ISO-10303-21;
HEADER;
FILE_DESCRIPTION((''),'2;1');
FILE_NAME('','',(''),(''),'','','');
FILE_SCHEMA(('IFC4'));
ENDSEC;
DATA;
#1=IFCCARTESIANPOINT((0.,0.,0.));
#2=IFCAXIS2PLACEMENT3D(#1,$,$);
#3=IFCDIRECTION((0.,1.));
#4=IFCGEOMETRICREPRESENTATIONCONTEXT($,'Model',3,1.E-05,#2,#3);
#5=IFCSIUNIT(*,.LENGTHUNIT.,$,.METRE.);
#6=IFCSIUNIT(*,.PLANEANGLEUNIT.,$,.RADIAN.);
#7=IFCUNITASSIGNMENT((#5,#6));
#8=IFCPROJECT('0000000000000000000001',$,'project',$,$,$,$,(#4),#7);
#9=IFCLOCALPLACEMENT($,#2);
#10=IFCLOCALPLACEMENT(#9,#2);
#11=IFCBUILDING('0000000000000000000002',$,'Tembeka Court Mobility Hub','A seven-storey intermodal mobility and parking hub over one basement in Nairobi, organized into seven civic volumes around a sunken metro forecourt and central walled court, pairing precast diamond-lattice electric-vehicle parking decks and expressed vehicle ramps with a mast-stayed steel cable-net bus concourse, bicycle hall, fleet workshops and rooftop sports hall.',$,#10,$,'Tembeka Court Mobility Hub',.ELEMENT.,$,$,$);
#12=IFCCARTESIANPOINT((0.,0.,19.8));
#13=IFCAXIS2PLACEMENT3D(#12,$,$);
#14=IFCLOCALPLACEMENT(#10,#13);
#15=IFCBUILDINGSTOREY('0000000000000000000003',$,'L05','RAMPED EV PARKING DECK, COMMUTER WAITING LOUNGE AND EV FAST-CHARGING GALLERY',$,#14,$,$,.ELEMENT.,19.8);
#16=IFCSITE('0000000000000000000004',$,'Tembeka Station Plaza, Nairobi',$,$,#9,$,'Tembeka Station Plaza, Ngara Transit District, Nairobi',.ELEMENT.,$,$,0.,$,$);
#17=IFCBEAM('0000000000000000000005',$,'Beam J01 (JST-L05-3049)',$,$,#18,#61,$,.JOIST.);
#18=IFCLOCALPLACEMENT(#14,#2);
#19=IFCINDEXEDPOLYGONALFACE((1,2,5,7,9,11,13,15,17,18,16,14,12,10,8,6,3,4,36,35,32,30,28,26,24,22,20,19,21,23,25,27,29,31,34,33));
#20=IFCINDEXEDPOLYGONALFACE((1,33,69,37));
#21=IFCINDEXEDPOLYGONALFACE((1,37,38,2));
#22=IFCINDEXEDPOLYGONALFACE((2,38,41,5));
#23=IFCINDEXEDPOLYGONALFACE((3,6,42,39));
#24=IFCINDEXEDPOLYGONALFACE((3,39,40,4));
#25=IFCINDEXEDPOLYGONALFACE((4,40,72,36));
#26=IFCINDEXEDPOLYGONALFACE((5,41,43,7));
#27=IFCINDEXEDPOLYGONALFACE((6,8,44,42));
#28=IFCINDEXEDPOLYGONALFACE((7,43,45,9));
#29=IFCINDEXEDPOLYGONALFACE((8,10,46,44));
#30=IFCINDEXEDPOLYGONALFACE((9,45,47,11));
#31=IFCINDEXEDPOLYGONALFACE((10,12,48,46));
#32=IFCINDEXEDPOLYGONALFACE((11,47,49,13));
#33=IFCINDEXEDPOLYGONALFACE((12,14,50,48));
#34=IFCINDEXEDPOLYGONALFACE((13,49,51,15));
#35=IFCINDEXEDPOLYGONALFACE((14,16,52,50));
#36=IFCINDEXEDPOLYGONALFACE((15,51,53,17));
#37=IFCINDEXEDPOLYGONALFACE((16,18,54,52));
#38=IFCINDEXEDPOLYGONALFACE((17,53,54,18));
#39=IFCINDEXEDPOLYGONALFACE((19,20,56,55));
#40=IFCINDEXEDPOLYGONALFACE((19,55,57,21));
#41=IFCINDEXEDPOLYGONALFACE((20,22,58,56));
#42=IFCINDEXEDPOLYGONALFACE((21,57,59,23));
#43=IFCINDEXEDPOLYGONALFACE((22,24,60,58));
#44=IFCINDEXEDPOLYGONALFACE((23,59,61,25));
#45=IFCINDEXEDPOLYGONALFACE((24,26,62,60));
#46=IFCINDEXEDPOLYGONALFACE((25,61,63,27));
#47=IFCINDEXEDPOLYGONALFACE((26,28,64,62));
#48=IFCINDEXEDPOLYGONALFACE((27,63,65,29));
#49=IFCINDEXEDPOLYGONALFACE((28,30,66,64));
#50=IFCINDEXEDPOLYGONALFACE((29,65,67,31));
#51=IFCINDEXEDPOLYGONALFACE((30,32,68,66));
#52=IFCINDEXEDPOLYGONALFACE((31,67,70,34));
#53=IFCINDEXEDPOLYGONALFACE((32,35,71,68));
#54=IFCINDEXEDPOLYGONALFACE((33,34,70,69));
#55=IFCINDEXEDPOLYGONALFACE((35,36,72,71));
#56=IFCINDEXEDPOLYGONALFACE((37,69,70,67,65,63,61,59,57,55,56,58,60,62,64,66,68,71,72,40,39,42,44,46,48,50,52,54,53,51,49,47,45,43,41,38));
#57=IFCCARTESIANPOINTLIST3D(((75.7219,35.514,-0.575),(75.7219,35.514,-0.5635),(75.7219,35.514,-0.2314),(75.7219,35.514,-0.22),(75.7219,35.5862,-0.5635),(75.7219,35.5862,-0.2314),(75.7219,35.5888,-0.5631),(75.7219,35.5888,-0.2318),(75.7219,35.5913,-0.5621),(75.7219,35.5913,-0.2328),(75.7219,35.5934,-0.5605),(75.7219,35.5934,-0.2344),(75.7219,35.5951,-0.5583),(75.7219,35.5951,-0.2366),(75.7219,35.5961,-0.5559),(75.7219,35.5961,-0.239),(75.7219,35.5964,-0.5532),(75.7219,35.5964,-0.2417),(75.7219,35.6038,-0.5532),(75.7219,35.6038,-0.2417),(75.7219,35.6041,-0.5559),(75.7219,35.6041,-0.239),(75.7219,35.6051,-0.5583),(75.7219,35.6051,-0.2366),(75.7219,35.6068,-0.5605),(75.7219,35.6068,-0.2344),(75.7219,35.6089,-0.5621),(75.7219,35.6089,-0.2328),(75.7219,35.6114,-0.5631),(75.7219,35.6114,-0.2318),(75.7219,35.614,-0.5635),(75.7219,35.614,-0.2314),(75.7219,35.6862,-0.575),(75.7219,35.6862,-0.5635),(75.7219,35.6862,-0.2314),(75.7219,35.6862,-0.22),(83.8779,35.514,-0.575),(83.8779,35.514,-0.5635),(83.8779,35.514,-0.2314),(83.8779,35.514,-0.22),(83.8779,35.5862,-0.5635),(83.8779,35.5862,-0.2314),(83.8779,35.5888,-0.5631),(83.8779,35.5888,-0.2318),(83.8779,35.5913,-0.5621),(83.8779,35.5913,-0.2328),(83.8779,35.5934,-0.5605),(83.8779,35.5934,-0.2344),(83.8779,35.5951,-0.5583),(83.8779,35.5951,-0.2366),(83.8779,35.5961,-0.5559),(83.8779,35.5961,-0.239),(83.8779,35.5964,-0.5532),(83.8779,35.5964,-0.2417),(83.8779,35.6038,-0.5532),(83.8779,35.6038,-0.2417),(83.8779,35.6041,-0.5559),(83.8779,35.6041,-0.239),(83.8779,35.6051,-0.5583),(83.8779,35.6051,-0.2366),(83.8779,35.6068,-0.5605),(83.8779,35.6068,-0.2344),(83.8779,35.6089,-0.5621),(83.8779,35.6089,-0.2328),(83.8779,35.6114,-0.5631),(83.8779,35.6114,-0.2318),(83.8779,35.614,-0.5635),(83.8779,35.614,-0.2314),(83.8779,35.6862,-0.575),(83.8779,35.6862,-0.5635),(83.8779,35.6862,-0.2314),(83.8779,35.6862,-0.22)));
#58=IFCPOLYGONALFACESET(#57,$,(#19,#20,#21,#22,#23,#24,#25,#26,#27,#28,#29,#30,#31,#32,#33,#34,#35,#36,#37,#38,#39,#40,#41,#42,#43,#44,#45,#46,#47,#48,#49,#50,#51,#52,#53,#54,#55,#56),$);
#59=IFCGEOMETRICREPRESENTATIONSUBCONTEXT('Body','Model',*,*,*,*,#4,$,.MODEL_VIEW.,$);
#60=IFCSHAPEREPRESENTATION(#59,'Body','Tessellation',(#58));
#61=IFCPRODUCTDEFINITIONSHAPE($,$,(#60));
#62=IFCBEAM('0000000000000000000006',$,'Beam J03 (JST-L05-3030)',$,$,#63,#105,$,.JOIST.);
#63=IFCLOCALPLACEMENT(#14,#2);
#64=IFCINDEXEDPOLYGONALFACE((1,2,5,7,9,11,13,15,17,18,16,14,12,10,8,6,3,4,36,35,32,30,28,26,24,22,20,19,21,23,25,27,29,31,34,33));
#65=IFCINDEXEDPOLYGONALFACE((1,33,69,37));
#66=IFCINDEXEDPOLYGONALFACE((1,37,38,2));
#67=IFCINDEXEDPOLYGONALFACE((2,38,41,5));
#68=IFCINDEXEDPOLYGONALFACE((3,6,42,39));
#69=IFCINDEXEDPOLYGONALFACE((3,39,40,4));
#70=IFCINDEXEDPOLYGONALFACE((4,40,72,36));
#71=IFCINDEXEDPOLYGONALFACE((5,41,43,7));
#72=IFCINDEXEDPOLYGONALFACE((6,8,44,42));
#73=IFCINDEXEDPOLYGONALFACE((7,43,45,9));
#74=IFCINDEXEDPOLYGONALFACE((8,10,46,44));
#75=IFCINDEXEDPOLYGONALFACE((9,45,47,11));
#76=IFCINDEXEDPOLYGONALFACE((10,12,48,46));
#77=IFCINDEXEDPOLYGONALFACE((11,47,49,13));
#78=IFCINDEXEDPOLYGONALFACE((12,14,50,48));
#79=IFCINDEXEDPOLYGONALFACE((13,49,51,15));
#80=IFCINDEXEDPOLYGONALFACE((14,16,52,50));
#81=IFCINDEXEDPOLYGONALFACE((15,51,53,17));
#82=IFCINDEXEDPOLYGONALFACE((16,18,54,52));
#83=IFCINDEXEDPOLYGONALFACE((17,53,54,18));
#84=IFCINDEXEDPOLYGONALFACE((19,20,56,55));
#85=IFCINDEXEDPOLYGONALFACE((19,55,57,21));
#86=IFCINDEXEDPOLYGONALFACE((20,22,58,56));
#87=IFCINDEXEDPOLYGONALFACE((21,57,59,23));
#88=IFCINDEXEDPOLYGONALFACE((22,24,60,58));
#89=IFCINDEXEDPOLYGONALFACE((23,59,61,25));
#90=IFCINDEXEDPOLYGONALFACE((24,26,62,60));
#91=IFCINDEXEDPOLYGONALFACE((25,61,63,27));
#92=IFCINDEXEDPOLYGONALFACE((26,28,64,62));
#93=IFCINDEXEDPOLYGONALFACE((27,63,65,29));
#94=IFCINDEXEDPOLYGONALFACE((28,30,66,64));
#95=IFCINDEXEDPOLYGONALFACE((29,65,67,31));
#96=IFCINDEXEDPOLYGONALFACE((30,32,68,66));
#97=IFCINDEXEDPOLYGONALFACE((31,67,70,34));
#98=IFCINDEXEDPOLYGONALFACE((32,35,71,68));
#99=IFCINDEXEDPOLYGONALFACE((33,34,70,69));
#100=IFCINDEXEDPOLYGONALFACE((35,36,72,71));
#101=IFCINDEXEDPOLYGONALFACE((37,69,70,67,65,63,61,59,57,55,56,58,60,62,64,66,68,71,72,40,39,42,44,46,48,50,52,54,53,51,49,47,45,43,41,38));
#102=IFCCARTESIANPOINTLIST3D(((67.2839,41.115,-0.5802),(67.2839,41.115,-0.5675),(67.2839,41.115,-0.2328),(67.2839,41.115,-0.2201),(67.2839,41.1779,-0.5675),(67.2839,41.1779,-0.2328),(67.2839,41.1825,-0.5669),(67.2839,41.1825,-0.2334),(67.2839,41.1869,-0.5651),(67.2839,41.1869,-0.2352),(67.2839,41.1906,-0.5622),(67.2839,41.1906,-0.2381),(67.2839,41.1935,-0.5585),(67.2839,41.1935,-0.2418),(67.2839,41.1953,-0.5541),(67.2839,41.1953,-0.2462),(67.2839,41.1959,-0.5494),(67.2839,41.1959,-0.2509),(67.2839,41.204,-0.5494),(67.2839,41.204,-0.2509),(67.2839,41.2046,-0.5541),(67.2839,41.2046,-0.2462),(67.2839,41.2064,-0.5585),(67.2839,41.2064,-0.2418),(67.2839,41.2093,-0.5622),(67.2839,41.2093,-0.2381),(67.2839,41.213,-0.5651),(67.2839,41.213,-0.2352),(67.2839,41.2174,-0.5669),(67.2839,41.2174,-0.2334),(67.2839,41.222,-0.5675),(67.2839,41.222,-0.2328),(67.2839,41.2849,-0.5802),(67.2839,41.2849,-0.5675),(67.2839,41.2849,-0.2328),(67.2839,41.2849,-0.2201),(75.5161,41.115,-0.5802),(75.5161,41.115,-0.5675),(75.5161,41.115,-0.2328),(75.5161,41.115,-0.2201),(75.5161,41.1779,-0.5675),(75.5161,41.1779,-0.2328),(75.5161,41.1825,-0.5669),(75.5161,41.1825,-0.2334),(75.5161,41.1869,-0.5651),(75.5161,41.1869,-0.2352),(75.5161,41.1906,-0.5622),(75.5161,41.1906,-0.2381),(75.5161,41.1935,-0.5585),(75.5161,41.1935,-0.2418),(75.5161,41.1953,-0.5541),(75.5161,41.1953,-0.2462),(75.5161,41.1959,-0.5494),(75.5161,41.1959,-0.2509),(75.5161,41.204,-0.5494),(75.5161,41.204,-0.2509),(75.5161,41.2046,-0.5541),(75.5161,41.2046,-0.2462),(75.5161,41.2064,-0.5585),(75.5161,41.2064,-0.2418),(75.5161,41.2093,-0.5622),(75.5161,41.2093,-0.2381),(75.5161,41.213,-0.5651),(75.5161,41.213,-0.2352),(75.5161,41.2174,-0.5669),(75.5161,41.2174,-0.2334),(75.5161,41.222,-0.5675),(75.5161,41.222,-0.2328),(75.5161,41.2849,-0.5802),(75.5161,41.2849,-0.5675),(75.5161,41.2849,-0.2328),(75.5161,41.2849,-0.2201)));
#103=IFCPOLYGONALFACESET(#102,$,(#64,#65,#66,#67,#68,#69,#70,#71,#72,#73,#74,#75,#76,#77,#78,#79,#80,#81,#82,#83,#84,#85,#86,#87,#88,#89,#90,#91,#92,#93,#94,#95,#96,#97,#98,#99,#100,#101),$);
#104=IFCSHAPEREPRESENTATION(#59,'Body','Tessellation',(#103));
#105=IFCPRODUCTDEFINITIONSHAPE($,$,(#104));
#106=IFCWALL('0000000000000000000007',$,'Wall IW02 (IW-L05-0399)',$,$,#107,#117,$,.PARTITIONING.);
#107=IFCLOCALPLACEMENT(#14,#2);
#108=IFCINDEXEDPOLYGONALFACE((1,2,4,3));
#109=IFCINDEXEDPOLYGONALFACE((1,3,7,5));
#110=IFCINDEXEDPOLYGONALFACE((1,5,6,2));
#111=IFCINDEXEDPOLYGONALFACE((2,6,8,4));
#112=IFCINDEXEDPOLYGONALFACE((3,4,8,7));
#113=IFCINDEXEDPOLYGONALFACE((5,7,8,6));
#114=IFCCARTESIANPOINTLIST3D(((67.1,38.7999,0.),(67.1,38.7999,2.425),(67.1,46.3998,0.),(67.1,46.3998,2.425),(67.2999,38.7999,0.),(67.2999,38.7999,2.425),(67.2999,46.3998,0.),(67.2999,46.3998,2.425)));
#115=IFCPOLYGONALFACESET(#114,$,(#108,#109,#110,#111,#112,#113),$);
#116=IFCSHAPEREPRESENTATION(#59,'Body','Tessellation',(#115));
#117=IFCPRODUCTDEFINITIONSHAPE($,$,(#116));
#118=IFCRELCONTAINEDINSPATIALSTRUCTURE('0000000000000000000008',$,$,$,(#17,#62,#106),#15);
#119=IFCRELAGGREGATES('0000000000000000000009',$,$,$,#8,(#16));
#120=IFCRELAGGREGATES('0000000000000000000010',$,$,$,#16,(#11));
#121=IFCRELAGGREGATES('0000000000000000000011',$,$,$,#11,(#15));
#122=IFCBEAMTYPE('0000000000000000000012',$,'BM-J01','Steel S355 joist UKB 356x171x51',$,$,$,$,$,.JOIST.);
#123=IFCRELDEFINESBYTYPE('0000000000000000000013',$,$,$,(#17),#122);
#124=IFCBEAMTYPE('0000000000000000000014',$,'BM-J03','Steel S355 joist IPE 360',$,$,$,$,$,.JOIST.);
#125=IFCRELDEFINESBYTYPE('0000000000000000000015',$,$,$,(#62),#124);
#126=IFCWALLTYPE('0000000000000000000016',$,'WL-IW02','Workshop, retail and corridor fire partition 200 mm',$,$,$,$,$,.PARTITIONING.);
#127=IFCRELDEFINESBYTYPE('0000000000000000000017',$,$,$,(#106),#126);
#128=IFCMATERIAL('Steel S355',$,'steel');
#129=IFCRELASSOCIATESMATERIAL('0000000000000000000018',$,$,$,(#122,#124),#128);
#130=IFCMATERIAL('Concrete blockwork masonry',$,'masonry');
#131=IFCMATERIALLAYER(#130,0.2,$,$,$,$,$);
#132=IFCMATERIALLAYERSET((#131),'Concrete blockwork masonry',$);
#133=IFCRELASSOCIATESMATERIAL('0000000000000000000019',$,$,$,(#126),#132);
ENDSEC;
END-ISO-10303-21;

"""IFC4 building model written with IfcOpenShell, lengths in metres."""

from ifc_helpers import new_model, si_unit, direction, frame, frame_2d, origin, origin_2d, place, context, subcontext, project, spatial, rectangle, i_section, extrude, material, layer, layer_set, material_profile, profile_set, type_object, element, save


model = new_model("IFC4")

# Units and contexts
model_context = context("Model", 3, precision=1e-05, world=origin(), true_north=direction((0.0, 1.0)))
body_context = subcontext(model_context, "Body", "Model", "MODEL_VIEW")
ifc_project = project(units=[si_unit("LENGTHUNIT", "METRE"), si_unit("PLANEANGLEUNIT", "RADIAN")], contexts=[model_context])

# Site, building, storey
site_placement = place(None, origin())
site = spatial("IfcSite", under=ifc_project, at=site_placement, Name="Tembeka Station Plaza, Nairobi", LongName="Tembeka Station Plaza, Ngara Transit District, Nairobi", CompositionType="ELEMENT", RefElevation=0.0)
building_placement = place(site_placement, origin())
building = spatial("IfcBuilding", under=site, at=building_placement, Name="Tembeka Court Mobility Hub", Description="A seven-storey intermodal mobility and parking hub over one basement in Nairobi, organized into seven civic volumes around a sunken metro forecourt and central walled court, pairing precast diamond-lattice electric-vehicle parking decks and expressed vehicle ramps with a mast-stayed steel cable-net bus concourse, bicycle hall, fleet workshops and rooftop sports hall.", LongName="Tembeka Court Mobility Hub", CompositionType="ELEMENT")
storey_placement = place(building_placement, frame((0.0, 0.0, 19.8)))
storey = spatial("IfcBuildingStorey", under=building, at=storey_placement, Name="L05", Description="RAMPED EV PARKING DECK, COMMUTER WAITING LOUNGE AND EV FAST-CHARGING GALLERY", CompositionType="ELEMENT", Elevation=19.8)

# Shared definitions
ifc_material_1 = material(Name="Steel S355", Category="steel")

# Beams
ifc_material_profile_1 = material_profile(ifc_material_1, i_section(OverallWidth=0.1721, OverallDepth=0.355, WebThickness=0.0073, FlangeThickness=0.0115, FilletRadius=0.0103, at=origin_2d()), Name="UKB 356x171x51")
ifc_profile_set_1 = profile_set([ifc_material_profile_1], Name="Steel S355")
beam_type_1 = type_object("IfcBeamType", Name="BM-J01", Description="Steel S355 joist UKB 356x171x51", PredefinedType="JOIST", material=ifc_profile_set_1)
for number, where, z_axis, x_axis, name in (
    (1, (75.7219, 35.6001, -0.3975), (1.0, 0.0, 0.0), (0.0, 1.0, 0.0), "Beam J01 (JST-L05-3049)"),
):
    element("IfcBeam", number, at=place(storey_placement, frame(where, z_axis=z_axis, x_axis=x_axis)), inside=storey, type_object=beam_type_1, Name=name, PredefinedType="JOIST", context=body_context, shape_type="SweptSolid", body=[
        extrude(i_section(OverallWidth=0.1721, OverallDepth=0.355, WebThickness=0.0073, FlangeThickness=0.0115, FilletRadius=0.0103, at=origin_2d()), origin(), (0.0, 0.0, 1.0), 8.156),
    ])
ifc_material_profile_2 = material_profile(ifc_material_1, i_section(OverallWidth=0.1699, OverallDepth=0.3601, WebThickness=0.0081, FlangeThickness=0.0127, FilletRadius=0.0181, at=origin_2d()), Name="IPE 360")
ifc_profile_set_2 = profile_set([ifc_material_profile_2], Name="Steel S355")
beam_type_2 = type_object("IfcBeamType", Name="BM-J03", Description="Steel S355 joist IPE 360", PredefinedType="JOIST", material=ifc_profile_set_2)
beam_1_placement = place(storey_placement, frame((67.2839, 41.2, -0.4001), z_axis=(1.0, 0.0, 0.0), x_axis=(0.0, 1.0, 0.0)))
element("IfcBeam", 2, at=beam_1_placement, inside=storey, type_object=beam_type_2, Name="Beam J03 (JST-L05-3030)", PredefinedType="JOIST", context=body_context, shape_type="SweptSolid", body=[
    extrude(i_section(OverallWidth=0.1699, OverallDepth=0.3601, WebThickness=0.0081, FlangeThickness=0.0127, FilletRadius=0.0181, at=origin_2d()), origin(), (0.0, 0.0, 1.0), 8.2322),
])

# Wall
ifc_material_2 = material(Name="Concrete blockwork masonry", Category="masonry")
ifc_layer = layer(ifc_material_2, 0.2)
ifc_layer_set = layer_set([ifc_layer], Name="Concrete blockwork masonry")
wall_type = type_object("IfcWallType", Name="WL-IW02", Description="Workshop, retail and corridor fire partition 200 mm", PredefinedType="PARTITIONING", material=ifc_layer_set)
wall_placement = place(storey_placement, frame((67.2, 38.8, 0.0), z_axis=(0.0, 0.0, 1.0), x_axis=(0.0, 1.0, 0.0)))
element("IfcWall", 3, at=wall_placement, inside=storey, type_object=wall_type, Name="Wall IW02 (IW-L05-0399)", PredefinedType="PARTITIONING", context=body_context, shape_type="SweptSolid", body=[
    extrude(rectangle(XDim=7.5999, YDim=0.2, at=frame_2d((3.7998, 0.0))), origin(), (0.0, 0.0, 1.0), 2.425),
])

save(model, "model.ifc")
